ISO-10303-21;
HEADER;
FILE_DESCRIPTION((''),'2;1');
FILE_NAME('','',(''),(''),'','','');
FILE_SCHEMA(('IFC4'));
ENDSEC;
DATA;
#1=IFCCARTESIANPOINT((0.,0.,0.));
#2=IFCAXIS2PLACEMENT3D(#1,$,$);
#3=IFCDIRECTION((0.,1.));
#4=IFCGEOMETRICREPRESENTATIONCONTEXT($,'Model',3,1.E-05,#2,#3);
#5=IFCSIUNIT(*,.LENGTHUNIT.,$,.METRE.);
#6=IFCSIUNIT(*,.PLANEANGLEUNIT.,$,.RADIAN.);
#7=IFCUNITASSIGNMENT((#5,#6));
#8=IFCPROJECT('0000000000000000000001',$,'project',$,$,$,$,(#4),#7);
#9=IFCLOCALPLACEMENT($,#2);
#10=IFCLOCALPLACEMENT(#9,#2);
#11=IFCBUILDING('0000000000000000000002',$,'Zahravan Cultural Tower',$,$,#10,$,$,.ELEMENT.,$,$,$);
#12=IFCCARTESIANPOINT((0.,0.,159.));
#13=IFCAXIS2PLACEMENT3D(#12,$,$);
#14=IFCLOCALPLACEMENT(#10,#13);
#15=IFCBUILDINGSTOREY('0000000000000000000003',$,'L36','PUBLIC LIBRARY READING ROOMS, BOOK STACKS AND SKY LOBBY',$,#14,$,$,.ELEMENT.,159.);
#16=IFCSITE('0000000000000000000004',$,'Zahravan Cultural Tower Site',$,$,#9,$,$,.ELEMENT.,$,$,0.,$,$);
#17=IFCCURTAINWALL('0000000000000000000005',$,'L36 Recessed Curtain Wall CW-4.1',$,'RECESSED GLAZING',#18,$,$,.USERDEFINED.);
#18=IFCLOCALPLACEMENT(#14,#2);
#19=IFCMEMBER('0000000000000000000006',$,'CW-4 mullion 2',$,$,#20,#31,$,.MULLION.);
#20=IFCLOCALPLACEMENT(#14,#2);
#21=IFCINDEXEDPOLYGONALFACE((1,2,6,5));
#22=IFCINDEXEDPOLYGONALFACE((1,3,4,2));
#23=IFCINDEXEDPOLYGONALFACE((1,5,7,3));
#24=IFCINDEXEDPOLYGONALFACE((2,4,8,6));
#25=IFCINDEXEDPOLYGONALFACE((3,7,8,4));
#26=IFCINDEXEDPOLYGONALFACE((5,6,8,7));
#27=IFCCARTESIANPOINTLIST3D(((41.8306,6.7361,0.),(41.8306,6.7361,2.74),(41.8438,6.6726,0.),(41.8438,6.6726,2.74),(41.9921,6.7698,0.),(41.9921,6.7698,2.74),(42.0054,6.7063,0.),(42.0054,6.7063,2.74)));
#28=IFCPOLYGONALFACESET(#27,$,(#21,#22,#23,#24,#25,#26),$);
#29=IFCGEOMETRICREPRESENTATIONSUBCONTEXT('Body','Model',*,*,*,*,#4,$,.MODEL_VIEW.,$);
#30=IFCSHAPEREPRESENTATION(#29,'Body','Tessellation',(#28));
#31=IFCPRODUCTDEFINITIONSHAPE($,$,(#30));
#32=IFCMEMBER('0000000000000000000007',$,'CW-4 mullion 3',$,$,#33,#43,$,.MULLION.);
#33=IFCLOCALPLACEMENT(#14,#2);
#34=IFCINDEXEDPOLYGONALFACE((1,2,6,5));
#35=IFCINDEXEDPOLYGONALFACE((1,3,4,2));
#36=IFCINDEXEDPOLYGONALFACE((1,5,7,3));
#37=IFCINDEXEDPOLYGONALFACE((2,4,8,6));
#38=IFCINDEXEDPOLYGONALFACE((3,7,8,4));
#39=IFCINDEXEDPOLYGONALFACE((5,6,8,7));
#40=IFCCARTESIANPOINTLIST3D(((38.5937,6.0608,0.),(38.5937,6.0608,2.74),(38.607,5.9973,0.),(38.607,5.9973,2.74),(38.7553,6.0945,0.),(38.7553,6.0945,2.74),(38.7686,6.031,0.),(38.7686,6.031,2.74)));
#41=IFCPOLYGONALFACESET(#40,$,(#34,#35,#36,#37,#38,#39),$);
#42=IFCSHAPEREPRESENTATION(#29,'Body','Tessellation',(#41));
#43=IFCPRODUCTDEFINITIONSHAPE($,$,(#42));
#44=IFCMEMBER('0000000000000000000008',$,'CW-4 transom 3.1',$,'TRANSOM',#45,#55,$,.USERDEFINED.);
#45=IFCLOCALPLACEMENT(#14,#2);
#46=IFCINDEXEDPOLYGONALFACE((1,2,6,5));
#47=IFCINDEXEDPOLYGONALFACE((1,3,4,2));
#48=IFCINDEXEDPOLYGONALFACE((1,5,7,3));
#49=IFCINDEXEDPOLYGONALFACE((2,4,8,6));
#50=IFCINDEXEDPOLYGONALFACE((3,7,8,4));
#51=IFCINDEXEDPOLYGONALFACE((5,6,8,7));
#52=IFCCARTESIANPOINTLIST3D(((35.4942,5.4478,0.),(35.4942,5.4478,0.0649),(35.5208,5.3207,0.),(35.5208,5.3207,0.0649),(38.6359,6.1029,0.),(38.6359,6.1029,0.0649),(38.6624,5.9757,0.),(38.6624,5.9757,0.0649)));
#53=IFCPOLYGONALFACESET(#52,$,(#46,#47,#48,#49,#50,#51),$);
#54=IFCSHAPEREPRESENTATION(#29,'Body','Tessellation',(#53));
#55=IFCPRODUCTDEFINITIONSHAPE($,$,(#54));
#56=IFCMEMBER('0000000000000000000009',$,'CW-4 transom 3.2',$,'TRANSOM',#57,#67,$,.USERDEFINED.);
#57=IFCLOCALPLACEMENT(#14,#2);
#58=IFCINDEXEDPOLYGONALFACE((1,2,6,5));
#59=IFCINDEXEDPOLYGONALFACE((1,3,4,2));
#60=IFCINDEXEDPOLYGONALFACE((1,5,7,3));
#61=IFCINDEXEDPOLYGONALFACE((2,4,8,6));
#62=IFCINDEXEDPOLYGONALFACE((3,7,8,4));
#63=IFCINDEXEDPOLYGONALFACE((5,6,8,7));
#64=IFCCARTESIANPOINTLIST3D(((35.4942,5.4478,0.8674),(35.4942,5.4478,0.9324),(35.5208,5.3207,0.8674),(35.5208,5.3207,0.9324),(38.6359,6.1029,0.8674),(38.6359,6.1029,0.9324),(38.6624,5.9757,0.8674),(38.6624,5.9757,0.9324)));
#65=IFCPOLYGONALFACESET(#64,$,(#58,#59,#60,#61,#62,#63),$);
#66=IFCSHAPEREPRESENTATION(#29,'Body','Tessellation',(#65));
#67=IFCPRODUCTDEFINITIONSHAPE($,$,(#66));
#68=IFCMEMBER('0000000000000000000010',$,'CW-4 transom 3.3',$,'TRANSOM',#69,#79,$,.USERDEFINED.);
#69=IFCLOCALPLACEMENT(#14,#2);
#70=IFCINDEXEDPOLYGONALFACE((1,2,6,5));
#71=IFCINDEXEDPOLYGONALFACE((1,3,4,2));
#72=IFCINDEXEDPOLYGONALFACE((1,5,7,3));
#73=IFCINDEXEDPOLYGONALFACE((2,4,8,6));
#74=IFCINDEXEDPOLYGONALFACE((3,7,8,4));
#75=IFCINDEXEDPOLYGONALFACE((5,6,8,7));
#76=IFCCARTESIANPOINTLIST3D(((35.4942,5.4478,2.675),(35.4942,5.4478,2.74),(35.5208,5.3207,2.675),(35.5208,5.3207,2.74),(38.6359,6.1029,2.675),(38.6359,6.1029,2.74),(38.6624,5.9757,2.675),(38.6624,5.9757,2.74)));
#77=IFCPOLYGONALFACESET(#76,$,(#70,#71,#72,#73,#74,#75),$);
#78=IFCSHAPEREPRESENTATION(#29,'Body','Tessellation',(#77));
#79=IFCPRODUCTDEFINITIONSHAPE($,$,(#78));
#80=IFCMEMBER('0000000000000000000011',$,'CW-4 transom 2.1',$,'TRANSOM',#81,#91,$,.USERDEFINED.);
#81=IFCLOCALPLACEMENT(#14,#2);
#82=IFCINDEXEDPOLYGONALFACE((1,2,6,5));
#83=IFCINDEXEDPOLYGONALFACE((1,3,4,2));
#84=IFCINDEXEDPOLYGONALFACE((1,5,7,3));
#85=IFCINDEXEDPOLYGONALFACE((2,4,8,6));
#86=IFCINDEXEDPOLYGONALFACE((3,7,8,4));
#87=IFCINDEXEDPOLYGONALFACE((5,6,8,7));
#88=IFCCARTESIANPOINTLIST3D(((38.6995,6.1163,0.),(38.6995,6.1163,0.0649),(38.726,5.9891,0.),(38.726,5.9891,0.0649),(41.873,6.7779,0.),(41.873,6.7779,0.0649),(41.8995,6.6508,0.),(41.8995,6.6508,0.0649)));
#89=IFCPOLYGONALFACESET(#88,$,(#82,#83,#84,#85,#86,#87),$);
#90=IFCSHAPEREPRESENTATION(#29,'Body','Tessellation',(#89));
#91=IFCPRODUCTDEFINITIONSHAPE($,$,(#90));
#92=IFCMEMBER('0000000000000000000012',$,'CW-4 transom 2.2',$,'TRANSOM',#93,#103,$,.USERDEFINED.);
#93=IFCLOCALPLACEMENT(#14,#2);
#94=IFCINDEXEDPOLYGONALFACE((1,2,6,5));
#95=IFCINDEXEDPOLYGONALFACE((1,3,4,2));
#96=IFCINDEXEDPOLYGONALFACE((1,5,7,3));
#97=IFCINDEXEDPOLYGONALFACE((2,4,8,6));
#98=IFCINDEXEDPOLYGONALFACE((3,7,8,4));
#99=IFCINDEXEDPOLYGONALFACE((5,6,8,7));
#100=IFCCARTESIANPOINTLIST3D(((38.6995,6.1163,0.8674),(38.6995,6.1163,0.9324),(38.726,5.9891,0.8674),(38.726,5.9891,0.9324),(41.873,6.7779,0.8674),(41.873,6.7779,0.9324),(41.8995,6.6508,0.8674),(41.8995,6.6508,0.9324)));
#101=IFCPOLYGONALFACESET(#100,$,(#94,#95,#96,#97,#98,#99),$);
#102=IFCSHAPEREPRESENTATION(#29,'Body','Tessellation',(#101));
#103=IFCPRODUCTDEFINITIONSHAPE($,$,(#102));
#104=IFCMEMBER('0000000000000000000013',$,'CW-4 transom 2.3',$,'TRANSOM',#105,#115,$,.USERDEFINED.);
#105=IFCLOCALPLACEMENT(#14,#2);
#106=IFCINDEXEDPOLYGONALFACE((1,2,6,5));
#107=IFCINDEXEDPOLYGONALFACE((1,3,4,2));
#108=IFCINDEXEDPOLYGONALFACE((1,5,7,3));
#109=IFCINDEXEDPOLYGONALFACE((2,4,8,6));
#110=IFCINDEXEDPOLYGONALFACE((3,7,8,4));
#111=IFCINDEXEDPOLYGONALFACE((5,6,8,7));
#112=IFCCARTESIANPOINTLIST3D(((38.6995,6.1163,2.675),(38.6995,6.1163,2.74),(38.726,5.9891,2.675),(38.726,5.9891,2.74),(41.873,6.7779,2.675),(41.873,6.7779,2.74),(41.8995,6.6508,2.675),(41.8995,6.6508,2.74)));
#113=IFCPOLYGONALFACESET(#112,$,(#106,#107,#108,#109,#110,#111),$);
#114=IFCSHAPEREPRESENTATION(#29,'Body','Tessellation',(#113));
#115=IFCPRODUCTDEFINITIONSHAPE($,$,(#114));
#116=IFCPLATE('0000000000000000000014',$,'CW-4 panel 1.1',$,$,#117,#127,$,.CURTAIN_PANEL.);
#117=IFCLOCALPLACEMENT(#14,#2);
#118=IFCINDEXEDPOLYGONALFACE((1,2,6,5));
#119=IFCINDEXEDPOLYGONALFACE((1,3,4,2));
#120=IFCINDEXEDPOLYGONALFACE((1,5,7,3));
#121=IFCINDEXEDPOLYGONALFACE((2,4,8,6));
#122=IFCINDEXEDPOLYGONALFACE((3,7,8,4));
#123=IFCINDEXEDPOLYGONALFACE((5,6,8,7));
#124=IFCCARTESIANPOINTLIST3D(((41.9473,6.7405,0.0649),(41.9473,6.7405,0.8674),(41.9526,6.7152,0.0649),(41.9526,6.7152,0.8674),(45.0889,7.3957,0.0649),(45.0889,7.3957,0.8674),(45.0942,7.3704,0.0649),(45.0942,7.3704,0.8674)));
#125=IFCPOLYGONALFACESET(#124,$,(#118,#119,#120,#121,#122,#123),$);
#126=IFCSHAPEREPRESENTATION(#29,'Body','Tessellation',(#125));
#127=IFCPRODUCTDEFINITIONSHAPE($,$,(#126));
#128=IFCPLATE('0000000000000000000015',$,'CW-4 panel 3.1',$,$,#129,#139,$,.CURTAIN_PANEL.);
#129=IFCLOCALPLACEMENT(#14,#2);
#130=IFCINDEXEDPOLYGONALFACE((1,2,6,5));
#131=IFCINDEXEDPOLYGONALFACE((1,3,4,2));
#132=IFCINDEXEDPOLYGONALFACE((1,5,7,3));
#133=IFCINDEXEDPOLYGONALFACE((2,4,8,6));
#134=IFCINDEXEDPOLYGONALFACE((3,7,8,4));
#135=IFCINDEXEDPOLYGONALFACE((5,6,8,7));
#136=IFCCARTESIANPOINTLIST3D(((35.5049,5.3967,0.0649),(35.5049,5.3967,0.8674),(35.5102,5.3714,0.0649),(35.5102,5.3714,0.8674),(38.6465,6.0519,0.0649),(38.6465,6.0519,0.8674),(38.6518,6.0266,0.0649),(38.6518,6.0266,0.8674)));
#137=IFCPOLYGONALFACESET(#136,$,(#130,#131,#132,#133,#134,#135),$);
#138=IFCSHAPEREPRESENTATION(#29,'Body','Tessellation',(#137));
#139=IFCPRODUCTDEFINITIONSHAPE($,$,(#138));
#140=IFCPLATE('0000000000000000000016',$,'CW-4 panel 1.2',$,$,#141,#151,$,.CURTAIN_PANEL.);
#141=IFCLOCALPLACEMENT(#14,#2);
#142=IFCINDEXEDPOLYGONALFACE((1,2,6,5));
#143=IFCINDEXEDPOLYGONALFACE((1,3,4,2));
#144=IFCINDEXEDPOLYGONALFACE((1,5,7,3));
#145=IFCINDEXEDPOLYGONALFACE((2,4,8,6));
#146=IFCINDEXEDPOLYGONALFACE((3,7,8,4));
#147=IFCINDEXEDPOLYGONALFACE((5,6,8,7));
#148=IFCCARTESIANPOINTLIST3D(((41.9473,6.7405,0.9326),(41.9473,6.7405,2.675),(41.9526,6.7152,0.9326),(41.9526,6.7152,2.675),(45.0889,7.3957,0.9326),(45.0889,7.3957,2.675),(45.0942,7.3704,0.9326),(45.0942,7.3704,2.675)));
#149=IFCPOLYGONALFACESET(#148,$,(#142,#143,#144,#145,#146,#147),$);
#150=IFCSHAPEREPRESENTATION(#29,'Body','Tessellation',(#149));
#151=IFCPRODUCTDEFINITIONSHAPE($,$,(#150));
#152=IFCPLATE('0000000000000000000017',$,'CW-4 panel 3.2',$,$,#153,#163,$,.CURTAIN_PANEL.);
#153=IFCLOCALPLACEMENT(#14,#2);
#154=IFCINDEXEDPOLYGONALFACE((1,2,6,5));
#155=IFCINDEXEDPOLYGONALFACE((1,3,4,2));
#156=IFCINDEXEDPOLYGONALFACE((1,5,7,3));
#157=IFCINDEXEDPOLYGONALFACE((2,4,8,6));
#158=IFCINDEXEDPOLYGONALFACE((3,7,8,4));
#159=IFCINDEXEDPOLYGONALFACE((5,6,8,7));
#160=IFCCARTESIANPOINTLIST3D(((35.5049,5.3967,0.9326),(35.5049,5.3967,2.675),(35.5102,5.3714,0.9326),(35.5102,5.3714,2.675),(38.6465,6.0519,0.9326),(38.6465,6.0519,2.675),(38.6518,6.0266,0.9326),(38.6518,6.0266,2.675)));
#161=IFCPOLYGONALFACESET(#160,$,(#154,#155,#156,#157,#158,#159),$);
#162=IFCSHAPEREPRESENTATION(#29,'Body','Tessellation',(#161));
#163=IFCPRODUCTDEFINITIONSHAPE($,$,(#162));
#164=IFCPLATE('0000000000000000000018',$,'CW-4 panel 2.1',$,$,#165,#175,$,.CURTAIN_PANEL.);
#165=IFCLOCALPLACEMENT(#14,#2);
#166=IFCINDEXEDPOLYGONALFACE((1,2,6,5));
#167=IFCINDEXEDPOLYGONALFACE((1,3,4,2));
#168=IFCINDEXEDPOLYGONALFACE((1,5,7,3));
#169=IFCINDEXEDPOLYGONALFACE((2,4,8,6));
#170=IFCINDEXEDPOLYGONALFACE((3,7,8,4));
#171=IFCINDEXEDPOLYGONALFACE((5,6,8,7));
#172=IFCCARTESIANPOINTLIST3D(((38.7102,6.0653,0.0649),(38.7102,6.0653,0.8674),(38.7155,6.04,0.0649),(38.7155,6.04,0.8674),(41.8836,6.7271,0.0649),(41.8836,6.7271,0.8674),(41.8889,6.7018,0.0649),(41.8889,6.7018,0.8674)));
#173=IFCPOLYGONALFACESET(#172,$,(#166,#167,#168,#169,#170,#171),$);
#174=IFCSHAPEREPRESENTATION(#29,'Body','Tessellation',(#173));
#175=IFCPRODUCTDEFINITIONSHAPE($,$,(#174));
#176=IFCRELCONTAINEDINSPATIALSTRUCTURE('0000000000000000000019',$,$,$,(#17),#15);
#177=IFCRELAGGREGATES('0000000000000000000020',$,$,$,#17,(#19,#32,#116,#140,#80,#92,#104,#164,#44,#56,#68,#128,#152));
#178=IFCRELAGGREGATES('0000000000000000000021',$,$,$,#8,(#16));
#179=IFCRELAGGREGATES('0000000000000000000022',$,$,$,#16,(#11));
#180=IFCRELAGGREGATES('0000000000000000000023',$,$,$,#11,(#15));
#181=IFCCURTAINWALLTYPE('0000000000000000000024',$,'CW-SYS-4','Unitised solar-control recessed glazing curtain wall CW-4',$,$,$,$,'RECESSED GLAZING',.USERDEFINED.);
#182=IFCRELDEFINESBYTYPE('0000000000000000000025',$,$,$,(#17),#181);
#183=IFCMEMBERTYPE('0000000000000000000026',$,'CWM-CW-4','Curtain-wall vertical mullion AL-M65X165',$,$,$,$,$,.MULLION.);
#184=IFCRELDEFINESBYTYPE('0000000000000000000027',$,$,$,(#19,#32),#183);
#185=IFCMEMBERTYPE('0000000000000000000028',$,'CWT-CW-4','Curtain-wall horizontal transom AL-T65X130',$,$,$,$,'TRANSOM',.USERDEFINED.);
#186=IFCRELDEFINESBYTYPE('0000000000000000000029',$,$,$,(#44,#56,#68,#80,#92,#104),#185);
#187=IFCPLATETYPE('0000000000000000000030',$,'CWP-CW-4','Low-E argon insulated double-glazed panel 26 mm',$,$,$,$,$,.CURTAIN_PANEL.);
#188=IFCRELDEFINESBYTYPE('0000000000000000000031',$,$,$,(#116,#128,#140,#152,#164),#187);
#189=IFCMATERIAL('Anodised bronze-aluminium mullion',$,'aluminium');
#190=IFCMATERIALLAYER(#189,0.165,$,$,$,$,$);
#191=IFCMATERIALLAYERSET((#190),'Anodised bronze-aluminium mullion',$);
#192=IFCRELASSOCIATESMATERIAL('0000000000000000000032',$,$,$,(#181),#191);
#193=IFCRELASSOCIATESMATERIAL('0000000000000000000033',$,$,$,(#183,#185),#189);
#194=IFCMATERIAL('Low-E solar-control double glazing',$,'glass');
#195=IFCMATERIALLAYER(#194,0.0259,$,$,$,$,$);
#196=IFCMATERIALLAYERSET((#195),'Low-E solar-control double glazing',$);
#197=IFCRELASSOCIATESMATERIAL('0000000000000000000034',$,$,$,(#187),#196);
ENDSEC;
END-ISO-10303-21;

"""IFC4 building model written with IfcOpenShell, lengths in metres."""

from ifc_helpers import new_model, si_unit, direction, frame, origin, origin_2d, place, context, subcontext, project, spatial, rectangle, extrude, source, transform, mapped, material, layer, layer_set, material_profile, profile_set, type_object, element, aggregate, save


model = new_model("IFC4")

# Units and contexts
model_context = context("Model", 3, precision=1e-05, world=origin(), true_north=direction((0.0, 1.0)))
body_context = subcontext(model_context, "Body", "Model", "MODEL_VIEW")
ifc_project = project(units=[si_unit("LENGTHUNIT", "METRE"), si_unit("PLANEANGLEUNIT", "RADIAN")], contexts=[model_context])

# Site, building, storey
site_placement = place(None, origin())
site = spatial("IfcSite", under=ifc_project, at=site_placement, Name="Zahravan Cultural Tower Site", CompositionType="ELEMENT", RefElevation=0.0)
building_placement = place(site_placement, origin())
building = spatial("IfcBuilding", under=site, at=building_placement, Name="Zahravan Cultural Tower", CompositionType="ELEMENT")
storey_placement = place(building_placement, frame((0.0, 0.0, 159.0)))
storey = spatial("IfcBuildingStorey", under=building, at=storey_placement, Name="L36", Description="PUBLIC LIBRARY READING ROOMS, BOOK STACKS AND SKY LOBBY", CompositionType="ELEMENT", Elevation=159.0)

# Curtain wall, members, plates
ifc_material_1 = material(Name="Anodised bronze-aluminium mullion", Category="aluminium")
ifc_layer_1 = layer(ifc_material_1, 0.165)
ifc_layer_set_1 = layer_set([ifc_layer_1], Name="Anodised bronze-aluminium mullion")
curtain_wall_type = type_object("IfcCurtainWallType", Name="CW-SYS-4", Description="Unitised solar-control recessed glazing curtain wall CW-4", ElementType="RECESSED GLAZING", PredefinedType="USERDEFINED", material=ifc_layer_set_1)
curtain_wall_placement = place(storey_placement, origin())
curtain_wall = element("IfcCurtainWall", 1, at=curtain_wall_placement, inside=storey, type_object=curtain_wall_type, Name="L36 Recessed Curtain Wall CW-4.1", ObjectType="RECESSED GLAZING", PredefinedType="USERDEFINED")
ifc_material_profile_1 = material_profile(ifc_material_1, rectangle(XDim=0.0649, YDim=0.165, at=origin_2d()), Name="AL-M65X165")
ifc_profile_set_1 = profile_set([ifc_material_profile_1], Name="Anodised bronze-aluminium mullion")
member_type_1 = type_object("IfcMemberType", Name="CWM-CW-4", Description="Curtain-wall vertical mullion AL-M65X165", PredefinedType="MULLION", material=ifc_profile_set_1)
shared_shape_1 = source(origin(), body_context, "Body", "SweptSolid", [
    extrude(rectangle(XDim=0.0649, YDim=0.165, at=origin_2d()), origin(), (0.0, 0.0, 1.0), 2.74),
])
member_1_placement = place(storey_placement, frame((41.918, 6.7212, 0.0), z_axis=(0.0, 0.0, 1.0), x_axis=(0.204162, -0.978937, 0.0)))
member_1 = element("IfcMember", 2, at=member_1_placement, type_object=member_type_1, Name="CW-4 mullion 2", PredefinedType="MULLION", context=body_context, shape_type="MappedRepresentation", body=[
    mapped(shared_shape_1, transform((0.0, 0.0, 0.0), x_axis=(1.0, 0.0, 0.0), y_axis=(0.0, 1.0, 0.0), z_axis=(0.0, 0.0, 1.0), scale=1.0)),
])
member_2_placement = place(storey_placement, frame((38.6812, 6.0459, 0.0), z_axis=(0.0, 0.0, 1.0), x_axis=(0.204162, -0.978937, 0.0)))
member_2 = element("IfcMember", 3, at=member_2_placement, type_object=member_type_1, Name="CW-4 mullion 3", PredefinedType="MULLION", context=body_context, shape_type="MappedRepresentation", body=[
    mapped(shared_shape_1, transform((0.0, 0.0, 0.0), x_axis=(1.0, 0.0, 0.0), y_axis=(0.0, 1.0, 0.0), z_axis=(0.0, 0.0, 1.0), scale=1.0)),
])
ifc_material_profile_2 = material_profile(ifc_material_1, rectangle(XDim=0.1299, YDim=0.0649, at=origin_2d()), Name="AL-T65X130")
ifc_profile_set_2 = profile_set([ifc_material_profile_2], Name="Anodised bronze-aluminium mullion")
member_type_2 = type_object("IfcMemberType", Name="CWT-CW-4", Description="Curtain-wall horizontal transom AL-T65X130", ElementType="TRANSOM", PredefinedType="USERDEFINED", material=ifc_profile_set_2)
shared_shape_2 = source(origin(), body_context, "Body", "SweptSolid", [
    extrude(rectangle(XDim=0.1299, YDim=0.0649, at=origin_2d()), origin(), (0.0, 0.0, 1.0), 3.2092),
])
member_3_placement = place(storey_placement, frame((38.6492, 6.0393, 0.0325), z_axis=(-0.978947, -0.204112, 0.0), x_axis=(0.204112, -0.978947, 0.0)))
member_3 = element("IfcMember", 4, at=member_3_placement, type_object=member_type_2, Name="CW-4 transom 3.1", ObjectType="TRANSOM", PredefinedType="USERDEFINED", context=body_context, shape_type="MappedRepresentation", body=[
    mapped(shared_shape_2, transform((0.0, 0.0, 0.0), x_axis=(1.0, 0.0, 0.0), y_axis=(0.0, 1.0, 0.0), z_axis=(0.0, 0.0, 1.0), scale=1.0)),
])
member_4_placement = place(storey_placement, frame((38.6492, 6.0393, 0.8999), z_axis=(-0.978947, -0.204112, 0.0), x_axis=(0.204112, -0.978947, 0.0)))
member_4 = element("IfcMember", 5, at=member_4_placement, type_object=member_type_2, Name="CW-4 transom 3.2", ObjectType="TRANSOM", PredefinedType="USERDEFINED", context=body_context, shape_type="MappedRepresentation", body=[
    mapped(shared_shape_2, transform((0.0, 0.0, 0.0), x_axis=(1.0, 0.0, 0.0), y_axis=(0.0, 1.0, 0.0), z_axis=(0.0, 0.0, 1.0), scale=1.0)),
])
member_5_placement = place(storey_placement, frame((38.6492, 6.0393, 2.7075), z_axis=(-0.978947, -0.204112, 0.0), x_axis=(0.204112, -0.978947, 0.0)))
member_5 = element("IfcMember", 6, at=member_5_placement, type_object=member_type_2, Name="CW-4 transom 3.3", ObjectType="TRANSOM", PredefinedType="USERDEFINED", context=body_context, shape_type="MappedRepresentation", body=[
    mapped(shared_shape_2, transform((0.0, 0.0, 0.0), x_axis=(1.0, 0.0, 0.0), y_axis=(0.0, 1.0, 0.0), z_axis=(0.0, 0.0, 1.0), scale=1.0)),
])
shared_shape_3 = source(origin(), body_context, "Body", "SweptSolid", [
    extrude(rectangle(XDim=0.1299, YDim=0.0649, at=origin_2d()), origin(), (0.0, 0.0, 1.0), 3.2417),
])
member_6_placement = place(storey_placement, frame((41.8862, 6.7144, 0.0325), z_axis=(-0.978949, -0.204105, 0.0), x_axis=(0.204105, -0.978949, 0.0)))
member_6 = element("IfcMember", 7, at=member_6_placement, type_object=member_type_2, Name="CW-4 transom 2.1", ObjectType="TRANSOM", PredefinedType="USERDEFINED", context=body_context, shape_type="MappedRepresentation", body=[
    mapped(shared_shape_3, transform((0.0, 0.0, 0.0), x_axis=(1.0, 0.0, 0.0), y_axis=(0.0, 1.0, 0.0), z_axis=(0.0, 0.0, 1.0), scale=1.0)),
])
member_7_placement = place(storey_placement, frame((41.8862, 6.7144, 0.8999), z_axis=(-0.978949, -0.204105, 0.0), x_axis=(0.204105, -0.978949, 0.0)))
member_7 = element("IfcMember", 8, at=member_7_placement, type_object=member_type_2, Name="CW-4 transom 2.2", ObjectType="TRANSOM", PredefinedType="USERDEFINED", context=body_context, shape_type="MappedRepresentation", body=[
    mapped(shared_shape_3, transform((0.0, 0.0, 0.0), x_axis=(1.0, 0.0, 0.0), y_axis=(0.0, 1.0, 0.0), z_axis=(0.0, 0.0, 1.0), scale=1.0)),
])
member_8_placement = place(storey_placement, frame((41.8862, 6.7144, 2.7075), z_axis=(-0.978949, -0.204105, 0.0), x_axis=(0.204105, -0.978949, 0.0)))
member_8 = element("IfcMember", 9, at=member_8_placement, type_object=member_type_2, Name="CW-4 transom 2.3", ObjectType="TRANSOM", PredefinedType="USERDEFINED", context=body_context, shape_type="MappedRepresentation", body=[
    mapped(shared_shape_3, transform((0.0, 0.0, 0.0), x_axis=(1.0, 0.0, 0.0), y_axis=(0.0, 1.0, 0.0), z_axis=(0.0, 0.0, 1.0), scale=1.0)),
])
ifc_material_2 = material(Name="Low-E solar-control double glazing", Category="glass")
ifc_layer_2 = layer(ifc_material_2, 0.0259)
ifc_layer_set_2 = layer_set([ifc_layer_2], Name="Low-E solar-control double glazing")
plate_type = type_object("IfcPlateType", Name="CWP-CW-4", Description="Low-E argon insulated double-glazed panel 26 mm", PredefinedType="CURTAIN_PANEL", material=ifc_layer_set_2)
shared_shape_4 = source(origin(), body_context, "Body", "SweptSolid", [
    extrude(rectangle(XDim=3.2092, YDim=0.0259, at=origin_2d()), origin(), (0.0, 0.0, 1.0), 0.8025),
])
plate_1_placement = place(storey_placement, frame((43.5208, 7.0554, 0.0649), z_axis=(0.0, 0.0, 1.0), x_axis=(-0.978937, -0.204162, 0.0)))
plate_1 = element("IfcPlate", 10, at=plate_1_placement, type_object=plate_type, Name="CW-4 panel 1.1", PredefinedType="CURTAIN_PANEL", context=body_context, shape_type="MappedRepresentation", body=[
    mapped(shared_shape_4, transform((0.0, 0.0, 0.0), x_axis=(1.0, 0.0, 0.0), y_axis=(0.0, 1.0, 0.0), z_axis=(0.0, 0.0, 1.0), scale=1.0)),
])
plate_2_placement = place(storey_placement, frame((37.0784, 5.7117, 0.0649), z_axis=(0.0, 0.0, 1.0), x_axis=(-0.978937, -0.204162, 0.0)))
plate_2 = element("IfcPlate", 11, at=plate_2_placement, type_object=plate_type, Name="CW-4 panel 3.1", PredefinedType="CURTAIN_PANEL", context=body_context, shape_type="MappedRepresentation", body=[
    mapped(shared_shape_4, transform((0.0, 0.0, 0.0), x_axis=(1.0, 0.0, 0.0), y_axis=(0.0, 1.0, 0.0), z_axis=(0.0, 0.0, 1.0), scale=1.0)),
])
shared_shape_5 = source(origin(), body_context, "Body", "SweptSolid", [
    extrude(rectangle(XDim=3.2092, YDim=0.0259, at=origin_2d()), origin(), (0.0, 0.0, 1.0), 1.7424),
])
plate_3_placement = place(storey_placement, frame((43.5208, 7.0554, 0.9326), z_axis=(0.0, 0.0, 1.0), x_axis=(-0.978937, -0.204162, 0.0)))
plate_3 = element("IfcPlate", 12, at=plate_3_placement, type_object=plate_type, Name="CW-4 panel 1.2", PredefinedType="CURTAIN_PANEL", context=body_context, shape_type="MappedRepresentation", body=[
    mapped(shared_shape_5, transform((0.0, 0.0, 0.0), x_axis=(1.0, 0.0, 0.0), y_axis=(0.0, 1.0, 0.0), z_axis=(0.0, 0.0, 1.0), scale=1.0)),
])
plate_4_placement = place(storey_placement, frame((37.0784, 5.7117, 0.9326), z_axis=(0.0, 0.0, 1.0), x_axis=(-0.978937, -0.204162, 0.0)))
plate_4 = element("IfcPlate", 13, at=plate_4_placement, type_object=plate_type, Name="CW-4 panel 3.2", PredefinedType="CURTAIN_PANEL", context=body_context, shape_type="MappedRepresentation", body=[
    mapped(shared_shape_5, transform((0.0, 0.0, 0.0), x_axis=(1.0, 0.0, 0.0), y_axis=(0.0, 1.0, 0.0), z_axis=(0.0, 0.0, 1.0), scale=1.0)),
])
shared_shape_6 = source(origin(), body_context, "Body", "SweptSolid", [
    extrude(rectangle(XDim=3.2417, YDim=0.0259, at=origin_2d()), origin(), (0.0, 0.0, 1.0), 0.8025),
])
plate_5_placement = place(storey_placement, frame((40.2996, 6.3835, 0.0649), z_axis=(0.0, 0.0, 1.0), x_axis=(-0.978937, -0.204162, 0.0)))
plate_5 = element("IfcPlate", 14, at=plate_5_placement, type_object=plate_type, Name="CW-4 panel 2.1", PredefinedType="CURTAIN_PANEL", context=body_context, shape_type="MappedRepresentation", body=[
    mapped(shared_shape_6, transform((0.0, 0.0, 0.0), x_axis=(1.0, 0.0, 0.0), y_axis=(0.0, 1.0, 0.0), z_axis=(0.0, 0.0, 1.0), scale=1.0)),
])
aggregate(curtain_wall, [member_1, member_2, plate_1, plate_3, member_6, member_7, member_8, plate_5, member_3, member_4, member_5, plate_2, plate_4])

save(model, "model.ifc")
